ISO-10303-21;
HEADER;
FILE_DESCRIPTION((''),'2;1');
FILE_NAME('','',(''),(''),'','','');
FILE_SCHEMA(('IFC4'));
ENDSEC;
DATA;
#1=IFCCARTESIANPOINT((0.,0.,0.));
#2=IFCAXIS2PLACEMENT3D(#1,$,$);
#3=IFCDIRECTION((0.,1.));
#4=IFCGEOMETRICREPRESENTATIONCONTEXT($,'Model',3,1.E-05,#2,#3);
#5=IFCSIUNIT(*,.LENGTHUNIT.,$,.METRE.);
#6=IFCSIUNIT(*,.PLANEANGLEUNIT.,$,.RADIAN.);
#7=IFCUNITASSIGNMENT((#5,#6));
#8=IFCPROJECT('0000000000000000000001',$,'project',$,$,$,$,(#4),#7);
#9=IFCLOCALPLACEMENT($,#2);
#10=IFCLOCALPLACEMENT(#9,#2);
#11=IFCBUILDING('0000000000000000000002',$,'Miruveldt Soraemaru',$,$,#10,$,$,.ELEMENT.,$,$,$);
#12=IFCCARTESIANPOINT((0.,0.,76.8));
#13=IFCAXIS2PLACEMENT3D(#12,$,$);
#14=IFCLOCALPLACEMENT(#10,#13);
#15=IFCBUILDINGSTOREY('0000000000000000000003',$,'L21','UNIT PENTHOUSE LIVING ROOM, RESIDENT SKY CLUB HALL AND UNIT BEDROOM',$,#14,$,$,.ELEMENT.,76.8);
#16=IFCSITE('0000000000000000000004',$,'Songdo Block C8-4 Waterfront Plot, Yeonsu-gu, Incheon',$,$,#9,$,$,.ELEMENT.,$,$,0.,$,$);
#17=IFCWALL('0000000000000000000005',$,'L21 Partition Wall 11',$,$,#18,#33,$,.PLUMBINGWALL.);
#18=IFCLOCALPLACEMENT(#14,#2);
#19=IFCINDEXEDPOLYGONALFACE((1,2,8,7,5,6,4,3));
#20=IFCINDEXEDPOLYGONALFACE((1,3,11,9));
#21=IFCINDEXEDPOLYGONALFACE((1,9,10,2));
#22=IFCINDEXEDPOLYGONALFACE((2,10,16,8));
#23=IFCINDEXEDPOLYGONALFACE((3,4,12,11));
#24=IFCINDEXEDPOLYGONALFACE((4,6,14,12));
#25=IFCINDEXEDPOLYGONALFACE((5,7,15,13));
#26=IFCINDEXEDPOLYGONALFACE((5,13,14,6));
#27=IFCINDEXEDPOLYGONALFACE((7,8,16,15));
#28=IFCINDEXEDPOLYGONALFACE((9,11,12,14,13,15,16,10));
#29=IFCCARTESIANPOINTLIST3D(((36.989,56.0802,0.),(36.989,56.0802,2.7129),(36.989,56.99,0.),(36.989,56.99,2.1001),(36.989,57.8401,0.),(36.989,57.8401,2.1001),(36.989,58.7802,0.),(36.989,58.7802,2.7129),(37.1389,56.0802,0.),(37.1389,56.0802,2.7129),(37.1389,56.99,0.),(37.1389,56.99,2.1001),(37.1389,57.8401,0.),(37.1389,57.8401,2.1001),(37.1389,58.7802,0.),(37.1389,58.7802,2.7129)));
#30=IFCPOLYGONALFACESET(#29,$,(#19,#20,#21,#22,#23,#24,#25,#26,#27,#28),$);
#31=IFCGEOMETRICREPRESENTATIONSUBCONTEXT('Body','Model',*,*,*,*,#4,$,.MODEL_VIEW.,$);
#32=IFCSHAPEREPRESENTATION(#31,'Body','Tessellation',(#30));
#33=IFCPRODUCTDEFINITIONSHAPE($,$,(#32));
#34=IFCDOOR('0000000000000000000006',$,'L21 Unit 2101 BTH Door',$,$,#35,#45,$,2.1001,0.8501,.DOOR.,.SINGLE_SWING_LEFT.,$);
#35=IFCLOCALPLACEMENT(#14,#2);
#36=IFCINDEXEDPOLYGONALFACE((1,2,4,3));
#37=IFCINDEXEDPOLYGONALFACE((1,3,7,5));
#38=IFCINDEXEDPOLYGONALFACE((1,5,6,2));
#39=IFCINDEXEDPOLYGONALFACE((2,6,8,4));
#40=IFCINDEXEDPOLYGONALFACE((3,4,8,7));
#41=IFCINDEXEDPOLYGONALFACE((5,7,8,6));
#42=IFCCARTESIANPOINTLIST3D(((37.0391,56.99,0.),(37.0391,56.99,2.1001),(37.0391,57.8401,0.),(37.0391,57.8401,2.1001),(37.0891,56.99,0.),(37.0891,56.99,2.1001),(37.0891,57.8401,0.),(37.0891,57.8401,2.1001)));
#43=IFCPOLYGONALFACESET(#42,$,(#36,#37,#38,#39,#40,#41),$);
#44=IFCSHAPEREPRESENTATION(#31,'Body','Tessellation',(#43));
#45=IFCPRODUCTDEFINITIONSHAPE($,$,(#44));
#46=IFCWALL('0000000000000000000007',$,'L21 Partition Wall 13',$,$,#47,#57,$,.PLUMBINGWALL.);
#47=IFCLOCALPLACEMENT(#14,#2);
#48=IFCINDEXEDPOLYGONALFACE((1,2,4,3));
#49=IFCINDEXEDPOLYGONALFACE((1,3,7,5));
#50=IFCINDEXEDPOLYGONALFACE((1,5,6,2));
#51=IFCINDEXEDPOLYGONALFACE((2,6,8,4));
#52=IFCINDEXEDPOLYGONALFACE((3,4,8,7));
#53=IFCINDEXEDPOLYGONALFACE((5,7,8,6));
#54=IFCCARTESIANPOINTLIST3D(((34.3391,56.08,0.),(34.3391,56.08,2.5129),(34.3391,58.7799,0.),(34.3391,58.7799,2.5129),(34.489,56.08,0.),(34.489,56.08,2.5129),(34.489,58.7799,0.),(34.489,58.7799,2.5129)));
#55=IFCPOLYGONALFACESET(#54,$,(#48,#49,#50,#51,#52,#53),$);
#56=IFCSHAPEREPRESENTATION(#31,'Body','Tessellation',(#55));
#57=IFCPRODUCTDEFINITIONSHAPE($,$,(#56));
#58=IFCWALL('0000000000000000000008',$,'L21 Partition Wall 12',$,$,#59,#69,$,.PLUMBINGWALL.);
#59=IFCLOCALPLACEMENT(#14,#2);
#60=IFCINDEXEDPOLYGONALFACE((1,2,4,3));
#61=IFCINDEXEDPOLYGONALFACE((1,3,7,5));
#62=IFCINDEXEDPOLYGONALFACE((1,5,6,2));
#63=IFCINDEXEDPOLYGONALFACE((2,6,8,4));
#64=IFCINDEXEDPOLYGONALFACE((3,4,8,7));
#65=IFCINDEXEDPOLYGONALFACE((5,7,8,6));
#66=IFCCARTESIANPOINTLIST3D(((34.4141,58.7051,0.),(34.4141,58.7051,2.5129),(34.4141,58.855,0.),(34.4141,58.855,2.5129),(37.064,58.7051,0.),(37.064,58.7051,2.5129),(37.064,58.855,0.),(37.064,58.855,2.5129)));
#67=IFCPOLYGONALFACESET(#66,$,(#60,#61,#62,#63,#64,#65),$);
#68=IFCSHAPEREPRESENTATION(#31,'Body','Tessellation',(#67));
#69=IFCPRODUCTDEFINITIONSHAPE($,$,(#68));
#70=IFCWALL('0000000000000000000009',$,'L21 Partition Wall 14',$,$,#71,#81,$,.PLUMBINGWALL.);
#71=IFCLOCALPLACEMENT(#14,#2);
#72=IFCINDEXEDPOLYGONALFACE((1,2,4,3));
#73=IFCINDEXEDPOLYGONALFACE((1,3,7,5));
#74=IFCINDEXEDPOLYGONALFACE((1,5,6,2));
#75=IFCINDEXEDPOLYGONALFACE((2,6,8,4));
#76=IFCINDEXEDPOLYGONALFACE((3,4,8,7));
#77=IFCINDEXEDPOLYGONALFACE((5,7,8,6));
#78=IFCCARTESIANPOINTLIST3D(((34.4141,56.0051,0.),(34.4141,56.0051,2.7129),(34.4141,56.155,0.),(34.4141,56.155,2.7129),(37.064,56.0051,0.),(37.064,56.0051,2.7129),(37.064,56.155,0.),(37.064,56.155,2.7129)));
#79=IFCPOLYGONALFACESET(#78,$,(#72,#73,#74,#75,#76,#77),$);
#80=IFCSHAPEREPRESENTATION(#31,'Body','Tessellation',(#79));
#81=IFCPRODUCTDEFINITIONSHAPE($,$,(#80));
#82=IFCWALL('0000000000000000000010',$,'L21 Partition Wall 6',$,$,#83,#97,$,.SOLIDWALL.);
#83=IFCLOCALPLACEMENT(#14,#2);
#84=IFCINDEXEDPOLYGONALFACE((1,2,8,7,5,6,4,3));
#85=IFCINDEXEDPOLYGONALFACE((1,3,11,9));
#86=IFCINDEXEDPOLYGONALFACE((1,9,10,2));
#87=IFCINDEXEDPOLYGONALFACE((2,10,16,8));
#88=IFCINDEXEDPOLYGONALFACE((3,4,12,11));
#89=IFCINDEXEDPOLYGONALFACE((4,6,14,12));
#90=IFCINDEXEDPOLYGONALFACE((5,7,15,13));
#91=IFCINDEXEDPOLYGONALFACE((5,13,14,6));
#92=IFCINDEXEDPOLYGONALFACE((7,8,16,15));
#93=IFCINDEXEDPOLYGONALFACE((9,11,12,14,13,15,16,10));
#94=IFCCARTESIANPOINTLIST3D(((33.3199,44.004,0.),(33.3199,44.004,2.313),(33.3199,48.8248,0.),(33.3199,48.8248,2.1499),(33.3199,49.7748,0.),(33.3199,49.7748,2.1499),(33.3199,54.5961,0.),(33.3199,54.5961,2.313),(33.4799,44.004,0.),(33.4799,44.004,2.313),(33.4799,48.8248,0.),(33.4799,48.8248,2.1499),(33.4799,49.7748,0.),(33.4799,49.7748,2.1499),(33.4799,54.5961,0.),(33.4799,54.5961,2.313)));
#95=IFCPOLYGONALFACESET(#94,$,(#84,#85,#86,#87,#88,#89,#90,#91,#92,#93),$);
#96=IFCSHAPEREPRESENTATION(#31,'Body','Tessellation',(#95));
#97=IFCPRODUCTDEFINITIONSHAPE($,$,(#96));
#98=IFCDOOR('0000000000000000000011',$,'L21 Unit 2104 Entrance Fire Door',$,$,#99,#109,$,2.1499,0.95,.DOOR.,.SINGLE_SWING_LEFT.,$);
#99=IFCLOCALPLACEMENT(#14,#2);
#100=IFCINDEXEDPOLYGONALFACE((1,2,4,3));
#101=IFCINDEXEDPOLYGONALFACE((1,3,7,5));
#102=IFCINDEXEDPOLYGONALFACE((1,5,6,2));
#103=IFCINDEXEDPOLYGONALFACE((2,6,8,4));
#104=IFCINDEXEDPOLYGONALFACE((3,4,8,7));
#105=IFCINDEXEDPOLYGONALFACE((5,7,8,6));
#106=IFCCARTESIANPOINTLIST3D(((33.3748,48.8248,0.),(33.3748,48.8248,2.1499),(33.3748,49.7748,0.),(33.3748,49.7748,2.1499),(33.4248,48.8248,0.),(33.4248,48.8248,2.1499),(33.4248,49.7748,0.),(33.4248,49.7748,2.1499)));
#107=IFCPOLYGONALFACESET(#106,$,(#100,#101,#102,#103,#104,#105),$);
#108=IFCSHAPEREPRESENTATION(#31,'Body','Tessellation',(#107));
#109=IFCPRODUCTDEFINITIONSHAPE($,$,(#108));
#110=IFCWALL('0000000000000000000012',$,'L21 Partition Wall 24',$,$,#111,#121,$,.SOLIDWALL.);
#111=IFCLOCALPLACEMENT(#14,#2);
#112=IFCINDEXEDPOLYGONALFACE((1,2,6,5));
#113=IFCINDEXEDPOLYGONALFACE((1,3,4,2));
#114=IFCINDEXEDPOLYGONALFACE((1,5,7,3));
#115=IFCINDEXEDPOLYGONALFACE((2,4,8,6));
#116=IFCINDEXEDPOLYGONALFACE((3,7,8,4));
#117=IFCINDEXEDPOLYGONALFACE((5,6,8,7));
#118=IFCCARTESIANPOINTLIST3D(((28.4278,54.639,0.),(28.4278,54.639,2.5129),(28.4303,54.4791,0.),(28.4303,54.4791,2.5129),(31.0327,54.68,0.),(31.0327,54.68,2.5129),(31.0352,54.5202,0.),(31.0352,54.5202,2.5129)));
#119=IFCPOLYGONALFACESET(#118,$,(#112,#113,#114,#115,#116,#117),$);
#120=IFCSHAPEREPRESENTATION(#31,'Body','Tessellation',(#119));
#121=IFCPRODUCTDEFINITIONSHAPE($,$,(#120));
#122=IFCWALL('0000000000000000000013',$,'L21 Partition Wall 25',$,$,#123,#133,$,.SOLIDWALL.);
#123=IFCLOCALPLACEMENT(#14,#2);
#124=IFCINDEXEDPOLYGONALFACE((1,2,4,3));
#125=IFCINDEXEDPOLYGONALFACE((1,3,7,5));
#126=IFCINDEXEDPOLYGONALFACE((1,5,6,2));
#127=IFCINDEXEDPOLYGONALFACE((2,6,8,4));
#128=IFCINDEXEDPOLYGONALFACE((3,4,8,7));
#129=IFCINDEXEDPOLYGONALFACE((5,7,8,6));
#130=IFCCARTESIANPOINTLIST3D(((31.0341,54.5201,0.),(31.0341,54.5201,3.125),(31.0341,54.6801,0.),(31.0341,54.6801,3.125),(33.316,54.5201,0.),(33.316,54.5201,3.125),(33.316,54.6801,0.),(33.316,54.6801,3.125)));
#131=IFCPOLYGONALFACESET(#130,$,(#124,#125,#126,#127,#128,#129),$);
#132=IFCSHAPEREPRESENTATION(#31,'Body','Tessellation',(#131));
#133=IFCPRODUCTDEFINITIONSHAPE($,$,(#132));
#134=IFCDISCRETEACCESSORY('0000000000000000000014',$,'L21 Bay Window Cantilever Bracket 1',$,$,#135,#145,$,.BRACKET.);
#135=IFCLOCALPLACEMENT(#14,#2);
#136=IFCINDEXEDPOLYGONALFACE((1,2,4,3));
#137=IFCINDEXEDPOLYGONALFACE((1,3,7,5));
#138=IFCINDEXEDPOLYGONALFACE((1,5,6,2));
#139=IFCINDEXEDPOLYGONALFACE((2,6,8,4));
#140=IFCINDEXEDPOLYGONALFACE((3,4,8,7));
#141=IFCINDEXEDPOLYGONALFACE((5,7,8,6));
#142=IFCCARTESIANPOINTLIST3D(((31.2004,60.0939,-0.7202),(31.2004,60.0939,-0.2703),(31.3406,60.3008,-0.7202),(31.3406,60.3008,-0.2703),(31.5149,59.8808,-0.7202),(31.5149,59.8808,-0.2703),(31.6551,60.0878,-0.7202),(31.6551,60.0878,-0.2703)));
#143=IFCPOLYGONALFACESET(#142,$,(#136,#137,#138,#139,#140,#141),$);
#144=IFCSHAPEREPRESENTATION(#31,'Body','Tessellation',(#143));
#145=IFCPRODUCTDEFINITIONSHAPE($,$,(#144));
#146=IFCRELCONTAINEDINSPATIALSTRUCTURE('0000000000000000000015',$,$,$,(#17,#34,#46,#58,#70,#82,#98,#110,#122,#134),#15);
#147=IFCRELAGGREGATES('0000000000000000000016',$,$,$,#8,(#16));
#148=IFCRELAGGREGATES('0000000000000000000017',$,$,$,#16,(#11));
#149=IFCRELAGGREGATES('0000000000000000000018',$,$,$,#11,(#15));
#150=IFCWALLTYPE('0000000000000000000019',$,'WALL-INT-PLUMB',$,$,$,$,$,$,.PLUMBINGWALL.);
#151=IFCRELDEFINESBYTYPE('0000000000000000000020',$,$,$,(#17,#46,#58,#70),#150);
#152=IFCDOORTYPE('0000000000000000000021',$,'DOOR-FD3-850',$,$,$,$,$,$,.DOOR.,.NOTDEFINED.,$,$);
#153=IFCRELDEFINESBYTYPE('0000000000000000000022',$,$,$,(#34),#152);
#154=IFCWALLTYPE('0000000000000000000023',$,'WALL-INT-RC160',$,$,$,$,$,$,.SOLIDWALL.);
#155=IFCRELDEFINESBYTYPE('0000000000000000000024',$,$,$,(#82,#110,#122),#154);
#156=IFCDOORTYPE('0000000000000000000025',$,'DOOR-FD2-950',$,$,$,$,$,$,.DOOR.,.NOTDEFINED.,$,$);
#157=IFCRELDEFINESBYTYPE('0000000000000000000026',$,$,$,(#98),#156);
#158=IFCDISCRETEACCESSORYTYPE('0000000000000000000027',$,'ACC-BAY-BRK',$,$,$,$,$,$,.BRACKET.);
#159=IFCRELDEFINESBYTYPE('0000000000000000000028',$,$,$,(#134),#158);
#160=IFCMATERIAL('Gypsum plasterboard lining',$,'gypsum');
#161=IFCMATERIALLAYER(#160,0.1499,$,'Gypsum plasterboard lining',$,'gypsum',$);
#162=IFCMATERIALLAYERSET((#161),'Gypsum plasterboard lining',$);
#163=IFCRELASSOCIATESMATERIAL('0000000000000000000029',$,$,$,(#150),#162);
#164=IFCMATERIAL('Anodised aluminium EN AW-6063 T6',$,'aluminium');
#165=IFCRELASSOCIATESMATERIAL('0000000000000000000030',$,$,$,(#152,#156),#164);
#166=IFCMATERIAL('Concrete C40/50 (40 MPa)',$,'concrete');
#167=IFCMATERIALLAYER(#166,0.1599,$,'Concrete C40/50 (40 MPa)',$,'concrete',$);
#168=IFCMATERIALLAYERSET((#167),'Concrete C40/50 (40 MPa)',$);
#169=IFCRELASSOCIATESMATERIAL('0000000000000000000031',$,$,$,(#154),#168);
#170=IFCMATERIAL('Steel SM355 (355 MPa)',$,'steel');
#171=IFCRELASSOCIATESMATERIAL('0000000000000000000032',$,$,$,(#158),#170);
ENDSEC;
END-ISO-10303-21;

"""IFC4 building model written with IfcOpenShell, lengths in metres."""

from ifc_helpers import new_model, si_unit, direction, frame, frame_2d, origin, origin_2d, place, context, subcontext, project, spatial, rectangle, extrude, material, layer, layer_set, type_object, element, fill, save


model = new_model("IFC4")

# Units and contexts
model_context = context("Model", 3, precision=1e-05, world=origin(), true_north=direction((0.0, 1.0)))
body_context = subcontext(model_context, "Body", "Model", "MODEL_VIEW")
ifc_project = project(units=[si_unit("LENGTHUNIT", "METRE"), si_unit("PLANEANGLEUNIT", "RADIAN")], contexts=[model_context])

# Site, building, storey
site_placement = place(None, origin())
site = spatial("IfcSite", under=ifc_project, at=site_placement, Name="Songdo Block C8-4 Waterfront Plot, Yeonsu-gu, Incheon", CompositionType="ELEMENT", RefElevation=0.0)
building_placement = place(site_placement, origin())
building = spatial("IfcBuilding", under=site, at=building_placement, Name="Miruveldt Soraemaru", CompositionType="ELEMENT")
storey_placement = place(building_placement, frame((0.0, 0.0, 76.8)))
storey = spatial("IfcBuildingStorey", under=building, at=storey_placement, Name="L21", Description="UNIT PENTHOUSE LIVING ROOM, RESIDENT SKY CLUB HALL AND UNIT BEDROOM", CompositionType="ELEMENT", Elevation=76.8)

# Shared definitions
ifc_material_1 = material(Name="Concrete C40/50 (40 MPa)", Category="concrete")
ifc_material_2 = material(Name="Steel SM355 (355 MPa)", Category="steel")

# Wall, opening, door
ifc_material_3 = material(Name="Gypsum plasterboard lining", Category="gypsum")
ifc_layer_1 = layer(ifc_material_3, 0.1499, Name="Gypsum plasterboard lining", Category="gypsum")
ifc_layer_set_1 = layer_set([ifc_layer_1], Name="Gypsum plasterboard lining")
wall_type_1 = type_object("IfcWallType", Name="WALL-INT-PLUMB", PredefinedType="PLUMBINGWALL", material=ifc_layer_set_1)
wall_1_placement = place(storey_placement, frame((37.064, 56.0801, 0.0), z_axis=(0.0, 0.0, 1.0), x_axis=(0.0, 1.0, 0.0)))
wall_1 = element("IfcWall", 1, at=wall_1_placement, inside=storey, type_object=wall_type_1, Name="L21 Partition Wall 11", PredefinedType="PLUMBINGWALL", context=body_context, shape_type="SweptSolid", body=[
    extrude(rectangle(XDim=2.7, YDim=0.1499, at=frame_2d((1.3501, 0.0))), origin(), (0.0, 0.0, 1.0), 2.7129),
])
opening_1_placement = place(wall_1_placement, frame((0.9099, 0.0, 0.0)))
opening_1 = element("IfcOpeningElement", 2, at=opening_1_placement, cuts=wall_1, PredefinedType="OPENING", context=body_context, shape_type="SweptSolid", body=[
    extrude(rectangle(XDim=0.8501, YDim=2.1001, at=frame_2d((0.425, 1.05))), frame((0.0, 0.085, 0.0), z_axis=(0.0, -1.0, 0.0), x_axis=(1.0, 0.0, 0.0)), (0.0, 0.0, 1.0), 0.1699),
])
ifc_material_4 = material(Name="Anodised aluminium EN AW-6063 T6", Category="aluminium")
door_type_1 = type_object("IfcDoorType", Name="DOOR-FD3-850", OperationType="NOTDEFINED", PredefinedType="DOOR", material=ifc_material_4)
door_1_placement = place(opening_1_placement, origin())
door_1 = element("IfcDoor", 3, at=door_1_placement, inside=storey, type_object=door_type_1, Name="L21 Unit 2101 BTH Door", OperationType="SINGLE_SWING_LEFT", OverallHeight=2.1001, OverallWidth=0.8501, PredefinedType="DOOR", context=body_context, shape_type="SweptSolid", body=[
    extrude(rectangle(XDim=0.8501, YDim=2.1001, at=frame_2d((0.425, 1.05))), frame((0.0, 0.0249, 0.0), z_axis=(0.0, -1.0, 0.0), x_axis=(1.0, 0.0, 0.0)), (0.0, 0.0, 1.0), 0.05),
])
fill(opening_1, door_1)

# Walls
wall_2_placement = place(storey_placement, frame((34.4141, 58.78, 0.0), z_axis=(0.0, 0.0, 1.0), x_axis=(0.0, -1.0, 0.0)))
element("IfcWall", 4, at=wall_2_placement, inside=storey, type_object=wall_type_1, Name="L21 Partition Wall 13", PredefinedType="PLUMBINGWALL", context=body_context, shape_type="SweptSolid", body=[
    extrude(rectangle(XDim=2.7, YDim=0.1499, at=frame_2d((1.3501, 0.0))), origin(), (0.0, 0.0, 1.0), 2.5129),
])
wall_3_placement = place(storey_placement, frame((37.064, 58.78, 0.0), z_axis=(0.0, 0.0, 1.0), x_axis=(-1.0, 0.0, 0.0)))
element("IfcWall", 5, at=wall_3_placement, inside=storey, type_object=wall_type_1, Name="L21 Partition Wall 12", PredefinedType="PLUMBINGWALL", context=body_context, shape_type="SweptSolid", body=[
    extrude(rectangle(XDim=2.6499, YDim=0.1499, at=frame_2d((1.325, 0.0))), origin(), (0.0, 0.0, 1.0), 2.5129),
])
wall_4_placement = place(storey_placement, frame((34.4141, 56.0801, 0.0), z_axis=(0.0, 0.0, 1.0), x_axis=(1.0, 0.0, 0.0)))
element("IfcWall", 6, at=wall_4_placement, inside=storey, type_object=wall_type_1, Name="L21 Partition Wall 14", PredefinedType="PLUMBINGWALL", context=body_context, shape_type="SweptSolid", body=[
    extrude(rectangle(XDim=2.6499, YDim=0.1499, at=frame_2d((1.325, 0.0))), origin(), (0.0, 0.0, 1.0), 2.7129),
])

# Wall, opening, door
ifc_layer_2 = layer(ifc_material_1, 0.1599, Name="Concrete C40/50 (40 MPa)", Category="concrete")
ifc_layer_set_2 = layer_set([ifc_layer_2], Name="Concrete C40/50 (40 MPa)")
wall_type_2 = type_object("IfcWallType", Name="WALL-INT-RC160", PredefinedType="SOLIDWALL", material=ifc_layer_set_2)
wall_5_placement = place(storey_placement, frame((33.3999, 54.5959, 0.0), z_axis=(0.0, 0.0, 1.0), x_axis=(0.0, -1.0, 0.0)))
wall_5 = element("IfcWall", 7, at=wall_5_placement, inside=storey, type_object=wall_type_2, Name="L21 Partition Wall 6", PredefinedType="SOLIDWALL", context=body_context, shape_type="SweptSolid", body=[
    extrude(rectangle(XDim=10.592, YDim=0.1599, at=frame_2d((5.2959, 0.0))), origin(), (0.0, 0.0, 1.0), 2.313),
])
opening_2_placement = place(wall_5_placement, frame((4.821, 0.0, 0.0)))
opening_2 = element("IfcOpeningElement", 8, at=opening_2_placement, cuts=wall_5, PredefinedType="OPENING", context=body_context, shape_type="SweptSolid", body=[
    extrude(rectangle(XDim=0.95, YDim=2.1499, at=frame_2d((0.4751, 1.075))), frame((0.0, 0.0898, 0.0), z_axis=(0.0, -1.0, 0.0), x_axis=(1.0, 0.0, 0.0)), (0.0, 0.0, 1.0), 0.1799),
])
door_type_2 = type_object("IfcDoorType", Name="DOOR-FD2-950", OperationType="NOTDEFINED", PredefinedType="DOOR", material=ifc_material_4)
door_2_placement = place(opening_2_placement, origin())
door_2 = element("IfcDoor", 9, at=door_2_placement, inside=storey, type_object=door_type_2, Name="L21 Unit 2104 Entrance Fire Door", OperationType="SINGLE_SWING_LEFT", OverallHeight=2.1499, OverallWidth=0.95, PredefinedType="DOOR", context=body_context, shape_type="SweptSolid", body=[
    extrude(rectangle(XDim=0.95, YDim=2.1499, at=frame_2d((0.4751, 1.075))), frame((0.0, 0.0249, 0.0), z_axis=(0.0, -1.0, 0.0), x_axis=(1.0, 0.0, 0.0)), (0.0, 0.0, 1.0), 0.05),
])
fill(opening_2, door_2)

# Walls
wall_6_placement = place(storey_placement, frame((28.429, 54.5591, 0.0), z_axis=(0.0, 0.0, 1.0), x_axis=(0.999876, 0.015743, 0.0)))
element("IfcWall", 10, at=wall_6_placement, inside=storey, type_object=wall_type_2, Name="L21 Partition Wall 24", PredefinedType="SOLIDWALL", context=body_context, shape_type="SweptSolid", body=[
    extrude(rectangle(XDim=2.6052, YDim=0.1599, at=frame_2d((1.3027, 0.0))), origin(), (0.0, 0.0, 1.0), 2.5129),
])
wall_7_placement = place(storey_placement, frame((31.0339, 54.6001, 0.0), z_axis=(0.0, 0.0, 1.0), x_axis=(1.0, 0.0, 0.0)))
element("IfcWall", 11, at=wall_7_placement, inside=storey, type_object=wall_type_2, Name="L21 Partition Wall 25", PredefinedType="SOLIDWALL", context=body_context, shape_type="SweptSolid", body=[
    extrude(rectangle(XDim=2.282, YDim=0.1599, at=frame_2d((1.1411, 0.0))), origin(), (0.0, 0.0, 1.0), 3.125),
])

# Discrete accessory
discrete_accessory_type = type_object("IfcDiscreteAccessoryType", Name="ACC-BAY-BRK", PredefinedType="BRACKET", material=ifc_material_2)
discrete_accessory_placement = place(storey_placement, frame((31.4277, 60.0908, -0.7202), z_axis=(0.0, 0.0, 1.0), x_axis=(-0.827933, 0.560827, 0.0)))
element("IfcDiscreteAccessory", 12, at=discrete_accessory_placement, inside=storey, type_object=discrete_accessory_type, Name="L21 Bay Window Cantilever Bracket 1", PredefinedType="BRACKET", context=body_context, shape_type="SweptSolid", body=[
    extrude(rectangle(XDim=0.3799, YDim=0.25, at=origin_2d()), origin(), (0.0, 0.0, 1.0), 0.45),
])

save(model, "model.ifc")
